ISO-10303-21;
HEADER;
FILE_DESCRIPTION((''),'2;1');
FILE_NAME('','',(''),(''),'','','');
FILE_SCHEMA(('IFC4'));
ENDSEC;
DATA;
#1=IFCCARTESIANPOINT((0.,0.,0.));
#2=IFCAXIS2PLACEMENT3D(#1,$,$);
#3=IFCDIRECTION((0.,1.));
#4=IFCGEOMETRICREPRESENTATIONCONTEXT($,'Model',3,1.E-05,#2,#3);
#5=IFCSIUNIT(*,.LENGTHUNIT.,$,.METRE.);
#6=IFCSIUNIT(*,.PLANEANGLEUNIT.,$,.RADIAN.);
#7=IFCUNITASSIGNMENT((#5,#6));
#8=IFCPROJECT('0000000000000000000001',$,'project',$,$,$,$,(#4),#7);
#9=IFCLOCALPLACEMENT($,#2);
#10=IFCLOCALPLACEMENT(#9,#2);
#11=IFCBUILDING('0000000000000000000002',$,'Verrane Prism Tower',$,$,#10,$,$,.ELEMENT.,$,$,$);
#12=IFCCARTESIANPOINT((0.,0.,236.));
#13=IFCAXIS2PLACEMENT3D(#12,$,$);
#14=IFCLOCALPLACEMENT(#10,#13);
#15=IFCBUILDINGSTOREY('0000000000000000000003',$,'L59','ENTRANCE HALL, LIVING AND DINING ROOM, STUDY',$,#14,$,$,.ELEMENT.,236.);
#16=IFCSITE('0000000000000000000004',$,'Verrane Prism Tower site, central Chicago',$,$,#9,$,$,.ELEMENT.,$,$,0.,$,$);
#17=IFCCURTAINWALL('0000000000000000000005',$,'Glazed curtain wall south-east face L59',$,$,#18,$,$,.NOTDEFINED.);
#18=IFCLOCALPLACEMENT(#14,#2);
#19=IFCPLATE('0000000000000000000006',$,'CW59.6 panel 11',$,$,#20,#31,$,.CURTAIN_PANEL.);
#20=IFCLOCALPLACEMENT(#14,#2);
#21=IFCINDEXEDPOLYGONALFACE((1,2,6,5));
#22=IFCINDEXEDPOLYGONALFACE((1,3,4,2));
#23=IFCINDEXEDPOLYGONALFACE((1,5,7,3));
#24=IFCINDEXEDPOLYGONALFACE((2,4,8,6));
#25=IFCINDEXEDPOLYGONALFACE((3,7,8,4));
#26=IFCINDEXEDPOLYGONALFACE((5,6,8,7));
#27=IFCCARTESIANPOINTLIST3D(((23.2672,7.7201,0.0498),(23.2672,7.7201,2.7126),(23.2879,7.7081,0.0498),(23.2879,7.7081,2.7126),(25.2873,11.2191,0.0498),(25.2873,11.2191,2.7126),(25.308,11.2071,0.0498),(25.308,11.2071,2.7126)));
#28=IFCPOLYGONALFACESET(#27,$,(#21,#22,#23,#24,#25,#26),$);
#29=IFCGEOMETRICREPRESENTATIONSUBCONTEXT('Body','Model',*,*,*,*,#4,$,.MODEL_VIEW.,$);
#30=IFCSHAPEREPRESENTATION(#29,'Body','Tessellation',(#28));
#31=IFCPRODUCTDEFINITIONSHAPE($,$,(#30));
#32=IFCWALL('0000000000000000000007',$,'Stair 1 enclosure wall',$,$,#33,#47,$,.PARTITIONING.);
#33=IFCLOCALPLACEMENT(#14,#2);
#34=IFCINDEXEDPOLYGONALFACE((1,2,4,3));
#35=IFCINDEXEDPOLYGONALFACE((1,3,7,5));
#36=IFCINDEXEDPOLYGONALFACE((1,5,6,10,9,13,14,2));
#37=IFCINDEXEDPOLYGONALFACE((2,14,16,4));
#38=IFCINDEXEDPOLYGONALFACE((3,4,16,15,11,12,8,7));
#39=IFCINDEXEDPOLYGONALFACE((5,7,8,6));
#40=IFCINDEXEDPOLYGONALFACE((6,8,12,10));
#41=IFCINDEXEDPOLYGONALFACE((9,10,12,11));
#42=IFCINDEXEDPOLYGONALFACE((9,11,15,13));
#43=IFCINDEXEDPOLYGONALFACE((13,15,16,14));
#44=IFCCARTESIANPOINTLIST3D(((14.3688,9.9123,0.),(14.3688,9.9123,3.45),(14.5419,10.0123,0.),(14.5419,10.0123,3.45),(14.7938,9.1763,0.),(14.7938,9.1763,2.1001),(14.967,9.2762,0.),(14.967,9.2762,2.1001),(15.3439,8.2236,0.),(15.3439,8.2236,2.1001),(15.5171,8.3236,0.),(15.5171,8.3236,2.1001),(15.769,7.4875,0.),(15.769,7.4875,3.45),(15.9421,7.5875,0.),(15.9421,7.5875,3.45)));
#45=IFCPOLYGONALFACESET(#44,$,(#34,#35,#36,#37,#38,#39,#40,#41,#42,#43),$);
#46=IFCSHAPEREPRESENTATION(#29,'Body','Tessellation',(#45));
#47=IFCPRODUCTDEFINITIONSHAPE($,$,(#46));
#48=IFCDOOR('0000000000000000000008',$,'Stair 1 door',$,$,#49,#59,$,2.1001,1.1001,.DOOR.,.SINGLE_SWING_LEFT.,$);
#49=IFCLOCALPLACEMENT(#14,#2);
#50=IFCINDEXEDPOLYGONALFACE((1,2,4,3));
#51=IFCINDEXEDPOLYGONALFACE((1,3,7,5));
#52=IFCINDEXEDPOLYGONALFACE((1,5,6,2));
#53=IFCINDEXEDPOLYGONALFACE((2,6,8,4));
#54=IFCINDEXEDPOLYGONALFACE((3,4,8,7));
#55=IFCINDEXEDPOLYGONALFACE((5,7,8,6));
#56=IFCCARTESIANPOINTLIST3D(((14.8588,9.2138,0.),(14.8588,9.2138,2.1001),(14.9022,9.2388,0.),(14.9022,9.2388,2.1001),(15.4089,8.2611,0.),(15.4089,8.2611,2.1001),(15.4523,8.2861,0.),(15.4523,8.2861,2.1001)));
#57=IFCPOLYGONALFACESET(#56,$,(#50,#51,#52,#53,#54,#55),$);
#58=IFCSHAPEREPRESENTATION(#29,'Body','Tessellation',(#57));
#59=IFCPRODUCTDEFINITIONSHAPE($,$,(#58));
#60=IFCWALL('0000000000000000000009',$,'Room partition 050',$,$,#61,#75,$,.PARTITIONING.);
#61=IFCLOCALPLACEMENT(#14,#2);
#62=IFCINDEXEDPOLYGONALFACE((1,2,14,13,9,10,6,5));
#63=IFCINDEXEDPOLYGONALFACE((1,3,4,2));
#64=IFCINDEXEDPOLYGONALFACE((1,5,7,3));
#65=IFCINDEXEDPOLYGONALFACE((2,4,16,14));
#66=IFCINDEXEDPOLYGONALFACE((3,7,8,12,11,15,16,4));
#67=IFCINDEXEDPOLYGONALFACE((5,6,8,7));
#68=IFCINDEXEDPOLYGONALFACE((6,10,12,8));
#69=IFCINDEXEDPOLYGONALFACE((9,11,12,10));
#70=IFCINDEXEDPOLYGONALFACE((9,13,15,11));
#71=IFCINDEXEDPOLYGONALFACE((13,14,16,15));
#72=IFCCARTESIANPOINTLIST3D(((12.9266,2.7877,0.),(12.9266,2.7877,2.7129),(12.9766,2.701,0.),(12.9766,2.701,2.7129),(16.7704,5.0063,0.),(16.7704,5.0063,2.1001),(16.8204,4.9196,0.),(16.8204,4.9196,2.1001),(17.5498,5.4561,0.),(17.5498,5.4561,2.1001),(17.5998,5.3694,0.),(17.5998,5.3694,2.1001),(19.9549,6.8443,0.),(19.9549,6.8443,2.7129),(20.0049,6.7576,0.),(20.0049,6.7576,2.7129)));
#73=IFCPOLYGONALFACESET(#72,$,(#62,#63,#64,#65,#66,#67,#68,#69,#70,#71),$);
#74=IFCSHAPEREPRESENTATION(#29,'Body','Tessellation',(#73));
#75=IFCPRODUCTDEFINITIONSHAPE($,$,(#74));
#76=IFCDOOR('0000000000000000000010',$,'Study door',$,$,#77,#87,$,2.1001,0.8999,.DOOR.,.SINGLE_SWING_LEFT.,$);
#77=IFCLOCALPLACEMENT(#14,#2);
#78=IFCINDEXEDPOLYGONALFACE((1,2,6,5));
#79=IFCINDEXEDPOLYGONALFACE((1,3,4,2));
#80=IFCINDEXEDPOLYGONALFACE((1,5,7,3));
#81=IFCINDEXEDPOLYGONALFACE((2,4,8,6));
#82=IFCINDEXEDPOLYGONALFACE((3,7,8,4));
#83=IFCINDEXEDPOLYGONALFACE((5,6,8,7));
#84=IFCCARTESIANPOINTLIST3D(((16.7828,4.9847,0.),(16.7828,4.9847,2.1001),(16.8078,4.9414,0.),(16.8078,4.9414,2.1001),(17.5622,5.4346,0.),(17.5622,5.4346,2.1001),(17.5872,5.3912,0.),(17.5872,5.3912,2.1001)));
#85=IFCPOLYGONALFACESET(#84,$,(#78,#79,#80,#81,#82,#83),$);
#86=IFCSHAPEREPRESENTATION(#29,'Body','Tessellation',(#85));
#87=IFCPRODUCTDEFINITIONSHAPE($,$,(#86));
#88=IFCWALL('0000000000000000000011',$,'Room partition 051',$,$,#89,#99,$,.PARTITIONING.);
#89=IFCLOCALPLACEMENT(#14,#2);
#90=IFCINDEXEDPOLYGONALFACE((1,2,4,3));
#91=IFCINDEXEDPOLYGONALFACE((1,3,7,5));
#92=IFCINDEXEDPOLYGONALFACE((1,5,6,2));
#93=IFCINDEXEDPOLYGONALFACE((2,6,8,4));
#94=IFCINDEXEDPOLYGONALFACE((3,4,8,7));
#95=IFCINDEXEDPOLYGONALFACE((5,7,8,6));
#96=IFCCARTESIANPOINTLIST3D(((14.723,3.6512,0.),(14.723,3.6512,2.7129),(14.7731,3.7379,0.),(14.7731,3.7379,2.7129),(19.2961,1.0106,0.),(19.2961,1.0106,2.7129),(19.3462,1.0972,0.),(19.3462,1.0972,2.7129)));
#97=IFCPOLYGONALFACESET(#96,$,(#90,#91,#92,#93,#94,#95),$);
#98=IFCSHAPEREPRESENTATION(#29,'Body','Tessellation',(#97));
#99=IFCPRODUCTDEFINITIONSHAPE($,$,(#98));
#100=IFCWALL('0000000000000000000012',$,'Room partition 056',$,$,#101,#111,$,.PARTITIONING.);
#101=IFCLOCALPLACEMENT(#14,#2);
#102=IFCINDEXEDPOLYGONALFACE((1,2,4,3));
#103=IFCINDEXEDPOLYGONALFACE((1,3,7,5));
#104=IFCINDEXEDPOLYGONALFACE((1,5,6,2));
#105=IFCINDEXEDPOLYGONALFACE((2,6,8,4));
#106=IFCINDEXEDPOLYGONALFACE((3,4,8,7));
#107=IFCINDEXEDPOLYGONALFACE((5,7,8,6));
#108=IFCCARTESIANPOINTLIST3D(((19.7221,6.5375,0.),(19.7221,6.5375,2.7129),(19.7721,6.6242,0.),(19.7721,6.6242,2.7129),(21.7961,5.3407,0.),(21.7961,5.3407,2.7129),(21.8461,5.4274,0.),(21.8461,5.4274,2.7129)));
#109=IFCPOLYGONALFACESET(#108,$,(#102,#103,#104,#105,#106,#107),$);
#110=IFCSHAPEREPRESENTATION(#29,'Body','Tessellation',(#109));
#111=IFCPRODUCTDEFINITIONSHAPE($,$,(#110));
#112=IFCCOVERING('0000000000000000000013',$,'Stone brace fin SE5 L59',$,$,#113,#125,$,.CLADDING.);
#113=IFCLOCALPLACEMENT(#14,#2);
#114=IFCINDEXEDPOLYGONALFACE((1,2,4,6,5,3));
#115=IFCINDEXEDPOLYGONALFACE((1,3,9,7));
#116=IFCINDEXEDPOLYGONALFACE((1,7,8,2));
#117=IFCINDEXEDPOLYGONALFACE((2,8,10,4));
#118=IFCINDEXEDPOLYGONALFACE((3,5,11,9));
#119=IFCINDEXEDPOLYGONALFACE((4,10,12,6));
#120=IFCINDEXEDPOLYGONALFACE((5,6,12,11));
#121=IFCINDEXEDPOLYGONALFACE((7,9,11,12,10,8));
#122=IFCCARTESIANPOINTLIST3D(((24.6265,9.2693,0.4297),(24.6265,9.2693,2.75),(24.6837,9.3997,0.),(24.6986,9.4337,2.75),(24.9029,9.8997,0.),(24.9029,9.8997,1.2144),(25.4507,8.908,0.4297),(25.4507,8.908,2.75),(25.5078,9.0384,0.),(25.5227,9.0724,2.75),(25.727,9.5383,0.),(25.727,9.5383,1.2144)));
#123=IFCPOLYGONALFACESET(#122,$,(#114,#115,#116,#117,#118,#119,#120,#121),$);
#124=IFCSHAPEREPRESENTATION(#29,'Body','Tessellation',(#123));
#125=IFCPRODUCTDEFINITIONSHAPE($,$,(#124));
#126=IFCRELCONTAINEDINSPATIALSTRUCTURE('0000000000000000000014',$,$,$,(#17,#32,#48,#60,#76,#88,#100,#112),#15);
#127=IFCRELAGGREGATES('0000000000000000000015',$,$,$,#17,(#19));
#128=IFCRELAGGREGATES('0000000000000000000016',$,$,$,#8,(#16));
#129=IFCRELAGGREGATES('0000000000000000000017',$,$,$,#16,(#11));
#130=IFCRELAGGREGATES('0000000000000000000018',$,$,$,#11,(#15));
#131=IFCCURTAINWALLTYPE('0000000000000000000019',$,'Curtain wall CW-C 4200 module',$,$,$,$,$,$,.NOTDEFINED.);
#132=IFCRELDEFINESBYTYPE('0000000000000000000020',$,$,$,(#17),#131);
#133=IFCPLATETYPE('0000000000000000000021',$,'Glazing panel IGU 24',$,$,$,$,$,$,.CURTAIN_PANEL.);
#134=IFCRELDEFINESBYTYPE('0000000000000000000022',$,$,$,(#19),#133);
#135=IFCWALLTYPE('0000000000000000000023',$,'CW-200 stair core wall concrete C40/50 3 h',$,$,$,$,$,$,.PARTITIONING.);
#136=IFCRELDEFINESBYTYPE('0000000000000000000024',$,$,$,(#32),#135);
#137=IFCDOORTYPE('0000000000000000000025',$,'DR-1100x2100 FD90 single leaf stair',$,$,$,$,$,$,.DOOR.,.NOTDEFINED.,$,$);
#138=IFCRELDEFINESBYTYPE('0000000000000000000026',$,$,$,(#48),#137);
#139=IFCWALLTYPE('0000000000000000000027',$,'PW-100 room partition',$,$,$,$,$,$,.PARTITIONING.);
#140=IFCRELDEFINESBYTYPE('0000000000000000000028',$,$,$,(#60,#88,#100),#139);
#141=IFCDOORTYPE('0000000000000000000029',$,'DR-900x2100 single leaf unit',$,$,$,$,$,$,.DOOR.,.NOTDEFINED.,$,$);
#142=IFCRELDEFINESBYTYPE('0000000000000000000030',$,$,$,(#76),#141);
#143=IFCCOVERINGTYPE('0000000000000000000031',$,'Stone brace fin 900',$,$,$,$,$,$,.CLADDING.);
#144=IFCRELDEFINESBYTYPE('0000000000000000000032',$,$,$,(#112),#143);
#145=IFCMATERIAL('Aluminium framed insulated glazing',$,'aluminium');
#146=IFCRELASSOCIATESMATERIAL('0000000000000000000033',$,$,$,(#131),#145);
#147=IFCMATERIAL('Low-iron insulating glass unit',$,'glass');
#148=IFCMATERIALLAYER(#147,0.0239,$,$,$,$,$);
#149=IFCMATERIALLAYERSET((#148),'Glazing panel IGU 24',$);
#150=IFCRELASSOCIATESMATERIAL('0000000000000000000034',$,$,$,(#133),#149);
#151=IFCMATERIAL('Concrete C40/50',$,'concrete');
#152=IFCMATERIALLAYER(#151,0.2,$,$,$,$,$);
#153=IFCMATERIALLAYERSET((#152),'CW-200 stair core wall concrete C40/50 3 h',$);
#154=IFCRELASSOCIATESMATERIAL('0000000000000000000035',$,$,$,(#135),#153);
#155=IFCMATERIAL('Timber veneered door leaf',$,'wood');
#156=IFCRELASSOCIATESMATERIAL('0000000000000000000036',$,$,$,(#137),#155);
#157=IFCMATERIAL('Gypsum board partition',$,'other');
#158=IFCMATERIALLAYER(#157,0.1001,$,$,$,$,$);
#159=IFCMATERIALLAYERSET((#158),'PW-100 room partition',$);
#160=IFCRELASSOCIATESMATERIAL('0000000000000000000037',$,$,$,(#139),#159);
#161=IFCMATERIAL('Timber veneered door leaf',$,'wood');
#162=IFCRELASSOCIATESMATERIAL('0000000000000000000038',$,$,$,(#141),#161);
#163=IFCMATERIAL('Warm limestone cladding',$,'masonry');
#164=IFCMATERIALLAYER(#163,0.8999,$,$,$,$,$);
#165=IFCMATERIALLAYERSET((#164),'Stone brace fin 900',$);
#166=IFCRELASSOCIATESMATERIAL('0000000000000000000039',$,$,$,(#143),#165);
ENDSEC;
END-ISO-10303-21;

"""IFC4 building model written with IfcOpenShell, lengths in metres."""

from ifc_helpers import new_model, si_unit, direction, frame, frame_2d, origin, origin_2d, place, context, subcontext, project, spatial, polyline, rectangle, outline, extrude, material, layer, layer_set, type_object, element, fill, aggregate, save


model = new_model("IFC4")

# Units and contexts
model_context = context("Model", 3, precision=1e-05, world=origin(), true_north=direction((0.0, 1.0)))
body_context = subcontext(model_context, "Body", "Model", "MODEL_VIEW")
ifc_project = project(units=[si_unit("LENGTHUNIT", "METRE"), si_unit("PLANEANGLEUNIT", "RADIAN")], contexts=[model_context])

# Site, building, storey
site_placement = place(None, origin())
site = spatial("IfcSite", under=ifc_project, at=site_placement, Name="Verrane Prism Tower site, central Chicago", CompositionType="ELEMENT", RefElevation=0.0)
building_placement = place(site_placement, origin())
building = spatial("IfcBuilding", under=site, at=building_placement, Name="Verrane Prism Tower", CompositionType="ELEMENT")
storey_placement = place(building_placement, frame((0.0, 0.0, 236.0)))
storey = spatial("IfcBuildingStorey", under=building, at=storey_placement, Name="L59", Description="ENTRANCE HALL, LIVING AND DINING ROOM, STUDY", CompositionType="ELEMENT", Elevation=236.0)

# Curtain wall
ifc_material_1 = material(Name="Aluminium framed insulated glazing", Category="aluminium")
curtain_wall_type = type_object("IfcCurtainWallType", Name="Curtain wall CW-C 4200 module", PredefinedType="NOTDEFINED", material=ifc_material_1)
curtain_wall_placement = place(storey_placement, origin())
curtain_wall = element("IfcCurtainWall", 1, at=curtain_wall_placement, inside=storey, type_object=curtain_wall_type, Name="Glazed curtain wall south-east face L59", PredefinedType="NOTDEFINED")

# Plate
ifc_material_2 = material(Name="Low-iron insulating glass unit", Category="glass")
ifc_layer_1 = layer(ifc_material_2, 0.0239)
ifc_layer_set_1 = layer_set([ifc_layer_1], Name="Glazing panel IGU 24")
plate_type = type_object("IfcPlateType", Name="Glazing panel IGU 24", PredefinedType="CURTAIN_PANEL", material=ifc_layer_set_1)
plate_1_placement = place(storey_placement, frame((24.2876, 9.4636, 0.0498), z_axis=(0.0, 0.0, 1.0), x_axis=(0.499999, 0.866026, 0.0)))
plate_1 = element("IfcPlate", 2, at=plate_1_placement, type_object=plate_type, Name="CW59.6 panel 11", PredefinedType="CURTAIN_PANEL", context=body_context, shape_type="SweptSolid", body=[
    extrude(rectangle(XDim=4.0403, YDim=0.0239, at=origin_2d()), origin(), (0.0, 0.0, 1.0), 2.6628),
])
aggregate(curtain_wall, [plate_1])

# Walls, openings, doors
ifc_material_3 = material(Name="Concrete C40/50", Category="concrete")
ifc_layer_2 = layer(ifc_material_3, 0.2)
ifc_layer_set_2 = layer_set([ifc_layer_2], Name="CW-200 stair core wall concrete C40/50 3 h")
wall_type_1 = type_object("IfcWallType", Name="CW-200 stair core wall concrete C40/50 3 h", PredefinedType="PARTITIONING", material=ifc_layer_set_2)
wall_1_placement = place(storey_placement, frame((15.8555, 7.5376, 0.0), z_axis=(0.0, 0.0, 1.0), x_axis=(-0.50005, 0.865997, 0.0)))
wall_1 = element("IfcWall", 3, at=wall_1_placement, inside=storey, type_object=wall_type_1, Name="Stair 1 enclosure wall", PredefinedType="PARTITIONING", context=body_context, shape_type="SweptSolid", body=[
    extrude(rectangle(XDim=2.8, YDim=0.2, at=frame_2d((1.3999, 0.0))), origin(), (0.0, 0.0, 1.0), 3.45),
])
opening_1_placement = place(wall_1_placement, frame((0.8499, 0.0, 0.0)))
opening_1 = element("IfcOpeningElement", 4, at=opening_1_placement, cuts=wall_1, PredefinedType="OPENING", context=body_context, shape_type="SweptSolid", body=[
    extrude(rectangle(XDim=1.1001, YDim=2.1001, at=frame_2d((0.55, 1.05))), frame((0.0, 0.1099, 0.0), z_axis=(0.0, -1.0, 0.0), x_axis=(1.0, 0.0, 0.0)), (0.0, 0.0, 1.0), 0.22),
])
ifc_material_4 = material(Name="Timber veneered door leaf", Category="wood")
door_type_1 = type_object("IfcDoorType", Name="DR-1100x2100 FD90 single leaf stair", OperationType="NOTDEFINED", PredefinedType="DOOR", material=ifc_material_4)
door_1_placement = place(opening_1_placement, origin())
door_1 = element("IfcDoor", 5, at=door_1_placement, inside=storey, type_object=door_type_1, Name="Stair 1 door", OperationType="SINGLE_SWING_LEFT", OverallHeight=2.1001, OverallWidth=1.1001, PredefinedType="DOOR", context=body_context, shape_type="SweptSolid", body=[
    extrude(rectangle(XDim=1.1001, YDim=2.1001, at=frame_2d((0.55, 1.05))), frame((0.0, 0.0249, 0.0), z_axis=(0.0, -1.0, 0.0), x_axis=(1.0, 0.0, 0.0)), (0.0, 0.0, 1.0), 0.05),
])
fill(opening_1, door_1)
ifc_material_5 = material(Name="Gypsum board partition", Category="other")
ifc_layer_3 = layer(ifc_material_5, 0.1001)
ifc_layer_set_3 = layer_set([ifc_layer_3], Name="PW-100 room partition")
wall_type_2 = type_object("IfcWallType", Name="PW-100 room partition", PredefinedType="PARTITIONING", material=ifc_layer_set_3)
wall_2_placement = place(storey_placement, frame((19.98, 6.801, 0.0), z_axis=(0.0, 0.0, 1.0), x_axis=(-0.866087, -0.499893, 0.0)))
wall_2 = element("IfcWall", 6, at=wall_2_placement, inside=storey, type_object=wall_type_2, Name="Room partition 050", PredefinedType="PARTITIONING", context=body_context, shape_type="SweptSolid", body=[
    extrude(rectangle(XDim=8.115, YDim=0.1001, at=frame_2d((4.0576, 0.0))), origin(), (0.0, 0.0, 1.0), 2.7129),
])
opening_2_placement = place(wall_2_placement, frame((2.7771, 0.0, 0.0)))
opening_2 = element("IfcOpeningElement", 7, at=opening_2_placement, cuts=wall_2, PredefinedType="OPENING", context=body_context, shape_type="SweptSolid", body=[
    extrude(rectangle(XDim=0.8999, YDim=2.1001, at=frame_2d((0.45, 1.05))), frame((0.0, 0.0601, 0.0), z_axis=(0.0, -1.0, 0.0), x_axis=(1.0, 0.0, 0.0)), (0.0, 0.0, 1.0), 0.1201),
])
ifc_material_6 = material(Name="Timber veneered door leaf", Category="wood")
door_type_2 = type_object("IfcDoorType", Name="DR-900x2100 single leaf unit", OperationType="NOTDEFINED", PredefinedType="DOOR", material=ifc_material_6)
door_2_placement = place(opening_2_placement, origin())
door_2 = element("IfcDoor", 8, at=door_2_placement, inside=storey, type_object=door_type_2, Name="Study door", OperationType="SINGLE_SWING_LEFT", OverallHeight=2.1001, OverallWidth=0.8999, PredefinedType="DOOR", context=body_context, shape_type="SweptSolid", body=[
    extrude(rectangle(XDim=0.8999, YDim=2.1001, at=frame_2d((0.45, 1.05))), frame((0.0, 0.0249, 0.0), z_axis=(0.0, -1.0, 0.0), x_axis=(1.0, 0.0, 0.0)), (0.0, 0.0, 1.0), 0.05),
])
fill(opening_2, door_2)

# Walls
wall_3_placement = place(storey_placement, frame((14.748, 3.6946, 0.0), z_axis=(0.0, 0.0, 1.0), x_axis=(0.865992, -0.500057, 0.0)))
element("IfcWall", 9, at=wall_3_placement, inside=storey, type_object=wall_type_2, Name="Room partition 051", PredefinedType="PARTITIONING", context=body_context, shape_type="SweptSolid", body=[
    extrude(rectangle(XDim=5.2808, YDim=0.1001, at=frame_2d((2.6404, 0.0))), origin(), (0.0, 0.0, 1.0), 2.7129),
])
wall_4_placement = place(storey_placement, frame((19.7471, 6.5808, 0.0), z_axis=(0.0, 0.0, 1.0), x_axis=(0.86614, -0.499802, 0.0)))
element("IfcWall", 10, at=wall_4_placement, inside=storey, type_object=wall_type_2, Name="Room partition 056", PredefinedType="PARTITIONING", context=body_context, shape_type="SweptSolid", body=[
    extrude(rectangle(XDim=2.3945, YDim=0.1001, at=frame_2d((1.1973, 0.0))), origin(), (0.0, 0.0, 1.0), 2.7129),
])

# Covering
ifc_material_7 = material(Name="Warm limestone cladding", Category="masonry")
ifc_layer_4 = layer(ifc_material_7, 0.8999)
ifc_layer_set_4 = layer_set([ifc_layer_4], Name="Stone brace fin 900")
covering_type = type_object("IfcCoveringType", Name="Stone brace fin 900", PredefinedType="CLADDING", material=ifc_layer_set_4)
covering_placement = place(storey_placement, frame((25.3149, 9.719, 0.0), z_axis=(0.0, 0.0, 1.0), x_axis=(-0.401526, -0.915848, 0.0)))
element("IfcCovering", 11, at=covering_placement, inside=storey, type_object=covering_type, Name="Stone brace fin SE5 L59", PredefinedType="CLADDING", context=body_context, shape_type="SweptSolid", body=[
    extrude(outline(polyline([(0.6882, 2.75), (0.5088, 2.75), (0.0, 1.2144), (0.0, 0.0), (0.5459, 0.0), (0.6882, 0.4297), (0.6882, 2.75)])), frame((0.0, 0.45, 0.0), z_axis=(0.0, -1.0, 0.0), x_axis=(1.0, 0.0, 0.0)), (0.0, 0.0, 1.0), 0.8999),
])

save(model, "model.ifc")
